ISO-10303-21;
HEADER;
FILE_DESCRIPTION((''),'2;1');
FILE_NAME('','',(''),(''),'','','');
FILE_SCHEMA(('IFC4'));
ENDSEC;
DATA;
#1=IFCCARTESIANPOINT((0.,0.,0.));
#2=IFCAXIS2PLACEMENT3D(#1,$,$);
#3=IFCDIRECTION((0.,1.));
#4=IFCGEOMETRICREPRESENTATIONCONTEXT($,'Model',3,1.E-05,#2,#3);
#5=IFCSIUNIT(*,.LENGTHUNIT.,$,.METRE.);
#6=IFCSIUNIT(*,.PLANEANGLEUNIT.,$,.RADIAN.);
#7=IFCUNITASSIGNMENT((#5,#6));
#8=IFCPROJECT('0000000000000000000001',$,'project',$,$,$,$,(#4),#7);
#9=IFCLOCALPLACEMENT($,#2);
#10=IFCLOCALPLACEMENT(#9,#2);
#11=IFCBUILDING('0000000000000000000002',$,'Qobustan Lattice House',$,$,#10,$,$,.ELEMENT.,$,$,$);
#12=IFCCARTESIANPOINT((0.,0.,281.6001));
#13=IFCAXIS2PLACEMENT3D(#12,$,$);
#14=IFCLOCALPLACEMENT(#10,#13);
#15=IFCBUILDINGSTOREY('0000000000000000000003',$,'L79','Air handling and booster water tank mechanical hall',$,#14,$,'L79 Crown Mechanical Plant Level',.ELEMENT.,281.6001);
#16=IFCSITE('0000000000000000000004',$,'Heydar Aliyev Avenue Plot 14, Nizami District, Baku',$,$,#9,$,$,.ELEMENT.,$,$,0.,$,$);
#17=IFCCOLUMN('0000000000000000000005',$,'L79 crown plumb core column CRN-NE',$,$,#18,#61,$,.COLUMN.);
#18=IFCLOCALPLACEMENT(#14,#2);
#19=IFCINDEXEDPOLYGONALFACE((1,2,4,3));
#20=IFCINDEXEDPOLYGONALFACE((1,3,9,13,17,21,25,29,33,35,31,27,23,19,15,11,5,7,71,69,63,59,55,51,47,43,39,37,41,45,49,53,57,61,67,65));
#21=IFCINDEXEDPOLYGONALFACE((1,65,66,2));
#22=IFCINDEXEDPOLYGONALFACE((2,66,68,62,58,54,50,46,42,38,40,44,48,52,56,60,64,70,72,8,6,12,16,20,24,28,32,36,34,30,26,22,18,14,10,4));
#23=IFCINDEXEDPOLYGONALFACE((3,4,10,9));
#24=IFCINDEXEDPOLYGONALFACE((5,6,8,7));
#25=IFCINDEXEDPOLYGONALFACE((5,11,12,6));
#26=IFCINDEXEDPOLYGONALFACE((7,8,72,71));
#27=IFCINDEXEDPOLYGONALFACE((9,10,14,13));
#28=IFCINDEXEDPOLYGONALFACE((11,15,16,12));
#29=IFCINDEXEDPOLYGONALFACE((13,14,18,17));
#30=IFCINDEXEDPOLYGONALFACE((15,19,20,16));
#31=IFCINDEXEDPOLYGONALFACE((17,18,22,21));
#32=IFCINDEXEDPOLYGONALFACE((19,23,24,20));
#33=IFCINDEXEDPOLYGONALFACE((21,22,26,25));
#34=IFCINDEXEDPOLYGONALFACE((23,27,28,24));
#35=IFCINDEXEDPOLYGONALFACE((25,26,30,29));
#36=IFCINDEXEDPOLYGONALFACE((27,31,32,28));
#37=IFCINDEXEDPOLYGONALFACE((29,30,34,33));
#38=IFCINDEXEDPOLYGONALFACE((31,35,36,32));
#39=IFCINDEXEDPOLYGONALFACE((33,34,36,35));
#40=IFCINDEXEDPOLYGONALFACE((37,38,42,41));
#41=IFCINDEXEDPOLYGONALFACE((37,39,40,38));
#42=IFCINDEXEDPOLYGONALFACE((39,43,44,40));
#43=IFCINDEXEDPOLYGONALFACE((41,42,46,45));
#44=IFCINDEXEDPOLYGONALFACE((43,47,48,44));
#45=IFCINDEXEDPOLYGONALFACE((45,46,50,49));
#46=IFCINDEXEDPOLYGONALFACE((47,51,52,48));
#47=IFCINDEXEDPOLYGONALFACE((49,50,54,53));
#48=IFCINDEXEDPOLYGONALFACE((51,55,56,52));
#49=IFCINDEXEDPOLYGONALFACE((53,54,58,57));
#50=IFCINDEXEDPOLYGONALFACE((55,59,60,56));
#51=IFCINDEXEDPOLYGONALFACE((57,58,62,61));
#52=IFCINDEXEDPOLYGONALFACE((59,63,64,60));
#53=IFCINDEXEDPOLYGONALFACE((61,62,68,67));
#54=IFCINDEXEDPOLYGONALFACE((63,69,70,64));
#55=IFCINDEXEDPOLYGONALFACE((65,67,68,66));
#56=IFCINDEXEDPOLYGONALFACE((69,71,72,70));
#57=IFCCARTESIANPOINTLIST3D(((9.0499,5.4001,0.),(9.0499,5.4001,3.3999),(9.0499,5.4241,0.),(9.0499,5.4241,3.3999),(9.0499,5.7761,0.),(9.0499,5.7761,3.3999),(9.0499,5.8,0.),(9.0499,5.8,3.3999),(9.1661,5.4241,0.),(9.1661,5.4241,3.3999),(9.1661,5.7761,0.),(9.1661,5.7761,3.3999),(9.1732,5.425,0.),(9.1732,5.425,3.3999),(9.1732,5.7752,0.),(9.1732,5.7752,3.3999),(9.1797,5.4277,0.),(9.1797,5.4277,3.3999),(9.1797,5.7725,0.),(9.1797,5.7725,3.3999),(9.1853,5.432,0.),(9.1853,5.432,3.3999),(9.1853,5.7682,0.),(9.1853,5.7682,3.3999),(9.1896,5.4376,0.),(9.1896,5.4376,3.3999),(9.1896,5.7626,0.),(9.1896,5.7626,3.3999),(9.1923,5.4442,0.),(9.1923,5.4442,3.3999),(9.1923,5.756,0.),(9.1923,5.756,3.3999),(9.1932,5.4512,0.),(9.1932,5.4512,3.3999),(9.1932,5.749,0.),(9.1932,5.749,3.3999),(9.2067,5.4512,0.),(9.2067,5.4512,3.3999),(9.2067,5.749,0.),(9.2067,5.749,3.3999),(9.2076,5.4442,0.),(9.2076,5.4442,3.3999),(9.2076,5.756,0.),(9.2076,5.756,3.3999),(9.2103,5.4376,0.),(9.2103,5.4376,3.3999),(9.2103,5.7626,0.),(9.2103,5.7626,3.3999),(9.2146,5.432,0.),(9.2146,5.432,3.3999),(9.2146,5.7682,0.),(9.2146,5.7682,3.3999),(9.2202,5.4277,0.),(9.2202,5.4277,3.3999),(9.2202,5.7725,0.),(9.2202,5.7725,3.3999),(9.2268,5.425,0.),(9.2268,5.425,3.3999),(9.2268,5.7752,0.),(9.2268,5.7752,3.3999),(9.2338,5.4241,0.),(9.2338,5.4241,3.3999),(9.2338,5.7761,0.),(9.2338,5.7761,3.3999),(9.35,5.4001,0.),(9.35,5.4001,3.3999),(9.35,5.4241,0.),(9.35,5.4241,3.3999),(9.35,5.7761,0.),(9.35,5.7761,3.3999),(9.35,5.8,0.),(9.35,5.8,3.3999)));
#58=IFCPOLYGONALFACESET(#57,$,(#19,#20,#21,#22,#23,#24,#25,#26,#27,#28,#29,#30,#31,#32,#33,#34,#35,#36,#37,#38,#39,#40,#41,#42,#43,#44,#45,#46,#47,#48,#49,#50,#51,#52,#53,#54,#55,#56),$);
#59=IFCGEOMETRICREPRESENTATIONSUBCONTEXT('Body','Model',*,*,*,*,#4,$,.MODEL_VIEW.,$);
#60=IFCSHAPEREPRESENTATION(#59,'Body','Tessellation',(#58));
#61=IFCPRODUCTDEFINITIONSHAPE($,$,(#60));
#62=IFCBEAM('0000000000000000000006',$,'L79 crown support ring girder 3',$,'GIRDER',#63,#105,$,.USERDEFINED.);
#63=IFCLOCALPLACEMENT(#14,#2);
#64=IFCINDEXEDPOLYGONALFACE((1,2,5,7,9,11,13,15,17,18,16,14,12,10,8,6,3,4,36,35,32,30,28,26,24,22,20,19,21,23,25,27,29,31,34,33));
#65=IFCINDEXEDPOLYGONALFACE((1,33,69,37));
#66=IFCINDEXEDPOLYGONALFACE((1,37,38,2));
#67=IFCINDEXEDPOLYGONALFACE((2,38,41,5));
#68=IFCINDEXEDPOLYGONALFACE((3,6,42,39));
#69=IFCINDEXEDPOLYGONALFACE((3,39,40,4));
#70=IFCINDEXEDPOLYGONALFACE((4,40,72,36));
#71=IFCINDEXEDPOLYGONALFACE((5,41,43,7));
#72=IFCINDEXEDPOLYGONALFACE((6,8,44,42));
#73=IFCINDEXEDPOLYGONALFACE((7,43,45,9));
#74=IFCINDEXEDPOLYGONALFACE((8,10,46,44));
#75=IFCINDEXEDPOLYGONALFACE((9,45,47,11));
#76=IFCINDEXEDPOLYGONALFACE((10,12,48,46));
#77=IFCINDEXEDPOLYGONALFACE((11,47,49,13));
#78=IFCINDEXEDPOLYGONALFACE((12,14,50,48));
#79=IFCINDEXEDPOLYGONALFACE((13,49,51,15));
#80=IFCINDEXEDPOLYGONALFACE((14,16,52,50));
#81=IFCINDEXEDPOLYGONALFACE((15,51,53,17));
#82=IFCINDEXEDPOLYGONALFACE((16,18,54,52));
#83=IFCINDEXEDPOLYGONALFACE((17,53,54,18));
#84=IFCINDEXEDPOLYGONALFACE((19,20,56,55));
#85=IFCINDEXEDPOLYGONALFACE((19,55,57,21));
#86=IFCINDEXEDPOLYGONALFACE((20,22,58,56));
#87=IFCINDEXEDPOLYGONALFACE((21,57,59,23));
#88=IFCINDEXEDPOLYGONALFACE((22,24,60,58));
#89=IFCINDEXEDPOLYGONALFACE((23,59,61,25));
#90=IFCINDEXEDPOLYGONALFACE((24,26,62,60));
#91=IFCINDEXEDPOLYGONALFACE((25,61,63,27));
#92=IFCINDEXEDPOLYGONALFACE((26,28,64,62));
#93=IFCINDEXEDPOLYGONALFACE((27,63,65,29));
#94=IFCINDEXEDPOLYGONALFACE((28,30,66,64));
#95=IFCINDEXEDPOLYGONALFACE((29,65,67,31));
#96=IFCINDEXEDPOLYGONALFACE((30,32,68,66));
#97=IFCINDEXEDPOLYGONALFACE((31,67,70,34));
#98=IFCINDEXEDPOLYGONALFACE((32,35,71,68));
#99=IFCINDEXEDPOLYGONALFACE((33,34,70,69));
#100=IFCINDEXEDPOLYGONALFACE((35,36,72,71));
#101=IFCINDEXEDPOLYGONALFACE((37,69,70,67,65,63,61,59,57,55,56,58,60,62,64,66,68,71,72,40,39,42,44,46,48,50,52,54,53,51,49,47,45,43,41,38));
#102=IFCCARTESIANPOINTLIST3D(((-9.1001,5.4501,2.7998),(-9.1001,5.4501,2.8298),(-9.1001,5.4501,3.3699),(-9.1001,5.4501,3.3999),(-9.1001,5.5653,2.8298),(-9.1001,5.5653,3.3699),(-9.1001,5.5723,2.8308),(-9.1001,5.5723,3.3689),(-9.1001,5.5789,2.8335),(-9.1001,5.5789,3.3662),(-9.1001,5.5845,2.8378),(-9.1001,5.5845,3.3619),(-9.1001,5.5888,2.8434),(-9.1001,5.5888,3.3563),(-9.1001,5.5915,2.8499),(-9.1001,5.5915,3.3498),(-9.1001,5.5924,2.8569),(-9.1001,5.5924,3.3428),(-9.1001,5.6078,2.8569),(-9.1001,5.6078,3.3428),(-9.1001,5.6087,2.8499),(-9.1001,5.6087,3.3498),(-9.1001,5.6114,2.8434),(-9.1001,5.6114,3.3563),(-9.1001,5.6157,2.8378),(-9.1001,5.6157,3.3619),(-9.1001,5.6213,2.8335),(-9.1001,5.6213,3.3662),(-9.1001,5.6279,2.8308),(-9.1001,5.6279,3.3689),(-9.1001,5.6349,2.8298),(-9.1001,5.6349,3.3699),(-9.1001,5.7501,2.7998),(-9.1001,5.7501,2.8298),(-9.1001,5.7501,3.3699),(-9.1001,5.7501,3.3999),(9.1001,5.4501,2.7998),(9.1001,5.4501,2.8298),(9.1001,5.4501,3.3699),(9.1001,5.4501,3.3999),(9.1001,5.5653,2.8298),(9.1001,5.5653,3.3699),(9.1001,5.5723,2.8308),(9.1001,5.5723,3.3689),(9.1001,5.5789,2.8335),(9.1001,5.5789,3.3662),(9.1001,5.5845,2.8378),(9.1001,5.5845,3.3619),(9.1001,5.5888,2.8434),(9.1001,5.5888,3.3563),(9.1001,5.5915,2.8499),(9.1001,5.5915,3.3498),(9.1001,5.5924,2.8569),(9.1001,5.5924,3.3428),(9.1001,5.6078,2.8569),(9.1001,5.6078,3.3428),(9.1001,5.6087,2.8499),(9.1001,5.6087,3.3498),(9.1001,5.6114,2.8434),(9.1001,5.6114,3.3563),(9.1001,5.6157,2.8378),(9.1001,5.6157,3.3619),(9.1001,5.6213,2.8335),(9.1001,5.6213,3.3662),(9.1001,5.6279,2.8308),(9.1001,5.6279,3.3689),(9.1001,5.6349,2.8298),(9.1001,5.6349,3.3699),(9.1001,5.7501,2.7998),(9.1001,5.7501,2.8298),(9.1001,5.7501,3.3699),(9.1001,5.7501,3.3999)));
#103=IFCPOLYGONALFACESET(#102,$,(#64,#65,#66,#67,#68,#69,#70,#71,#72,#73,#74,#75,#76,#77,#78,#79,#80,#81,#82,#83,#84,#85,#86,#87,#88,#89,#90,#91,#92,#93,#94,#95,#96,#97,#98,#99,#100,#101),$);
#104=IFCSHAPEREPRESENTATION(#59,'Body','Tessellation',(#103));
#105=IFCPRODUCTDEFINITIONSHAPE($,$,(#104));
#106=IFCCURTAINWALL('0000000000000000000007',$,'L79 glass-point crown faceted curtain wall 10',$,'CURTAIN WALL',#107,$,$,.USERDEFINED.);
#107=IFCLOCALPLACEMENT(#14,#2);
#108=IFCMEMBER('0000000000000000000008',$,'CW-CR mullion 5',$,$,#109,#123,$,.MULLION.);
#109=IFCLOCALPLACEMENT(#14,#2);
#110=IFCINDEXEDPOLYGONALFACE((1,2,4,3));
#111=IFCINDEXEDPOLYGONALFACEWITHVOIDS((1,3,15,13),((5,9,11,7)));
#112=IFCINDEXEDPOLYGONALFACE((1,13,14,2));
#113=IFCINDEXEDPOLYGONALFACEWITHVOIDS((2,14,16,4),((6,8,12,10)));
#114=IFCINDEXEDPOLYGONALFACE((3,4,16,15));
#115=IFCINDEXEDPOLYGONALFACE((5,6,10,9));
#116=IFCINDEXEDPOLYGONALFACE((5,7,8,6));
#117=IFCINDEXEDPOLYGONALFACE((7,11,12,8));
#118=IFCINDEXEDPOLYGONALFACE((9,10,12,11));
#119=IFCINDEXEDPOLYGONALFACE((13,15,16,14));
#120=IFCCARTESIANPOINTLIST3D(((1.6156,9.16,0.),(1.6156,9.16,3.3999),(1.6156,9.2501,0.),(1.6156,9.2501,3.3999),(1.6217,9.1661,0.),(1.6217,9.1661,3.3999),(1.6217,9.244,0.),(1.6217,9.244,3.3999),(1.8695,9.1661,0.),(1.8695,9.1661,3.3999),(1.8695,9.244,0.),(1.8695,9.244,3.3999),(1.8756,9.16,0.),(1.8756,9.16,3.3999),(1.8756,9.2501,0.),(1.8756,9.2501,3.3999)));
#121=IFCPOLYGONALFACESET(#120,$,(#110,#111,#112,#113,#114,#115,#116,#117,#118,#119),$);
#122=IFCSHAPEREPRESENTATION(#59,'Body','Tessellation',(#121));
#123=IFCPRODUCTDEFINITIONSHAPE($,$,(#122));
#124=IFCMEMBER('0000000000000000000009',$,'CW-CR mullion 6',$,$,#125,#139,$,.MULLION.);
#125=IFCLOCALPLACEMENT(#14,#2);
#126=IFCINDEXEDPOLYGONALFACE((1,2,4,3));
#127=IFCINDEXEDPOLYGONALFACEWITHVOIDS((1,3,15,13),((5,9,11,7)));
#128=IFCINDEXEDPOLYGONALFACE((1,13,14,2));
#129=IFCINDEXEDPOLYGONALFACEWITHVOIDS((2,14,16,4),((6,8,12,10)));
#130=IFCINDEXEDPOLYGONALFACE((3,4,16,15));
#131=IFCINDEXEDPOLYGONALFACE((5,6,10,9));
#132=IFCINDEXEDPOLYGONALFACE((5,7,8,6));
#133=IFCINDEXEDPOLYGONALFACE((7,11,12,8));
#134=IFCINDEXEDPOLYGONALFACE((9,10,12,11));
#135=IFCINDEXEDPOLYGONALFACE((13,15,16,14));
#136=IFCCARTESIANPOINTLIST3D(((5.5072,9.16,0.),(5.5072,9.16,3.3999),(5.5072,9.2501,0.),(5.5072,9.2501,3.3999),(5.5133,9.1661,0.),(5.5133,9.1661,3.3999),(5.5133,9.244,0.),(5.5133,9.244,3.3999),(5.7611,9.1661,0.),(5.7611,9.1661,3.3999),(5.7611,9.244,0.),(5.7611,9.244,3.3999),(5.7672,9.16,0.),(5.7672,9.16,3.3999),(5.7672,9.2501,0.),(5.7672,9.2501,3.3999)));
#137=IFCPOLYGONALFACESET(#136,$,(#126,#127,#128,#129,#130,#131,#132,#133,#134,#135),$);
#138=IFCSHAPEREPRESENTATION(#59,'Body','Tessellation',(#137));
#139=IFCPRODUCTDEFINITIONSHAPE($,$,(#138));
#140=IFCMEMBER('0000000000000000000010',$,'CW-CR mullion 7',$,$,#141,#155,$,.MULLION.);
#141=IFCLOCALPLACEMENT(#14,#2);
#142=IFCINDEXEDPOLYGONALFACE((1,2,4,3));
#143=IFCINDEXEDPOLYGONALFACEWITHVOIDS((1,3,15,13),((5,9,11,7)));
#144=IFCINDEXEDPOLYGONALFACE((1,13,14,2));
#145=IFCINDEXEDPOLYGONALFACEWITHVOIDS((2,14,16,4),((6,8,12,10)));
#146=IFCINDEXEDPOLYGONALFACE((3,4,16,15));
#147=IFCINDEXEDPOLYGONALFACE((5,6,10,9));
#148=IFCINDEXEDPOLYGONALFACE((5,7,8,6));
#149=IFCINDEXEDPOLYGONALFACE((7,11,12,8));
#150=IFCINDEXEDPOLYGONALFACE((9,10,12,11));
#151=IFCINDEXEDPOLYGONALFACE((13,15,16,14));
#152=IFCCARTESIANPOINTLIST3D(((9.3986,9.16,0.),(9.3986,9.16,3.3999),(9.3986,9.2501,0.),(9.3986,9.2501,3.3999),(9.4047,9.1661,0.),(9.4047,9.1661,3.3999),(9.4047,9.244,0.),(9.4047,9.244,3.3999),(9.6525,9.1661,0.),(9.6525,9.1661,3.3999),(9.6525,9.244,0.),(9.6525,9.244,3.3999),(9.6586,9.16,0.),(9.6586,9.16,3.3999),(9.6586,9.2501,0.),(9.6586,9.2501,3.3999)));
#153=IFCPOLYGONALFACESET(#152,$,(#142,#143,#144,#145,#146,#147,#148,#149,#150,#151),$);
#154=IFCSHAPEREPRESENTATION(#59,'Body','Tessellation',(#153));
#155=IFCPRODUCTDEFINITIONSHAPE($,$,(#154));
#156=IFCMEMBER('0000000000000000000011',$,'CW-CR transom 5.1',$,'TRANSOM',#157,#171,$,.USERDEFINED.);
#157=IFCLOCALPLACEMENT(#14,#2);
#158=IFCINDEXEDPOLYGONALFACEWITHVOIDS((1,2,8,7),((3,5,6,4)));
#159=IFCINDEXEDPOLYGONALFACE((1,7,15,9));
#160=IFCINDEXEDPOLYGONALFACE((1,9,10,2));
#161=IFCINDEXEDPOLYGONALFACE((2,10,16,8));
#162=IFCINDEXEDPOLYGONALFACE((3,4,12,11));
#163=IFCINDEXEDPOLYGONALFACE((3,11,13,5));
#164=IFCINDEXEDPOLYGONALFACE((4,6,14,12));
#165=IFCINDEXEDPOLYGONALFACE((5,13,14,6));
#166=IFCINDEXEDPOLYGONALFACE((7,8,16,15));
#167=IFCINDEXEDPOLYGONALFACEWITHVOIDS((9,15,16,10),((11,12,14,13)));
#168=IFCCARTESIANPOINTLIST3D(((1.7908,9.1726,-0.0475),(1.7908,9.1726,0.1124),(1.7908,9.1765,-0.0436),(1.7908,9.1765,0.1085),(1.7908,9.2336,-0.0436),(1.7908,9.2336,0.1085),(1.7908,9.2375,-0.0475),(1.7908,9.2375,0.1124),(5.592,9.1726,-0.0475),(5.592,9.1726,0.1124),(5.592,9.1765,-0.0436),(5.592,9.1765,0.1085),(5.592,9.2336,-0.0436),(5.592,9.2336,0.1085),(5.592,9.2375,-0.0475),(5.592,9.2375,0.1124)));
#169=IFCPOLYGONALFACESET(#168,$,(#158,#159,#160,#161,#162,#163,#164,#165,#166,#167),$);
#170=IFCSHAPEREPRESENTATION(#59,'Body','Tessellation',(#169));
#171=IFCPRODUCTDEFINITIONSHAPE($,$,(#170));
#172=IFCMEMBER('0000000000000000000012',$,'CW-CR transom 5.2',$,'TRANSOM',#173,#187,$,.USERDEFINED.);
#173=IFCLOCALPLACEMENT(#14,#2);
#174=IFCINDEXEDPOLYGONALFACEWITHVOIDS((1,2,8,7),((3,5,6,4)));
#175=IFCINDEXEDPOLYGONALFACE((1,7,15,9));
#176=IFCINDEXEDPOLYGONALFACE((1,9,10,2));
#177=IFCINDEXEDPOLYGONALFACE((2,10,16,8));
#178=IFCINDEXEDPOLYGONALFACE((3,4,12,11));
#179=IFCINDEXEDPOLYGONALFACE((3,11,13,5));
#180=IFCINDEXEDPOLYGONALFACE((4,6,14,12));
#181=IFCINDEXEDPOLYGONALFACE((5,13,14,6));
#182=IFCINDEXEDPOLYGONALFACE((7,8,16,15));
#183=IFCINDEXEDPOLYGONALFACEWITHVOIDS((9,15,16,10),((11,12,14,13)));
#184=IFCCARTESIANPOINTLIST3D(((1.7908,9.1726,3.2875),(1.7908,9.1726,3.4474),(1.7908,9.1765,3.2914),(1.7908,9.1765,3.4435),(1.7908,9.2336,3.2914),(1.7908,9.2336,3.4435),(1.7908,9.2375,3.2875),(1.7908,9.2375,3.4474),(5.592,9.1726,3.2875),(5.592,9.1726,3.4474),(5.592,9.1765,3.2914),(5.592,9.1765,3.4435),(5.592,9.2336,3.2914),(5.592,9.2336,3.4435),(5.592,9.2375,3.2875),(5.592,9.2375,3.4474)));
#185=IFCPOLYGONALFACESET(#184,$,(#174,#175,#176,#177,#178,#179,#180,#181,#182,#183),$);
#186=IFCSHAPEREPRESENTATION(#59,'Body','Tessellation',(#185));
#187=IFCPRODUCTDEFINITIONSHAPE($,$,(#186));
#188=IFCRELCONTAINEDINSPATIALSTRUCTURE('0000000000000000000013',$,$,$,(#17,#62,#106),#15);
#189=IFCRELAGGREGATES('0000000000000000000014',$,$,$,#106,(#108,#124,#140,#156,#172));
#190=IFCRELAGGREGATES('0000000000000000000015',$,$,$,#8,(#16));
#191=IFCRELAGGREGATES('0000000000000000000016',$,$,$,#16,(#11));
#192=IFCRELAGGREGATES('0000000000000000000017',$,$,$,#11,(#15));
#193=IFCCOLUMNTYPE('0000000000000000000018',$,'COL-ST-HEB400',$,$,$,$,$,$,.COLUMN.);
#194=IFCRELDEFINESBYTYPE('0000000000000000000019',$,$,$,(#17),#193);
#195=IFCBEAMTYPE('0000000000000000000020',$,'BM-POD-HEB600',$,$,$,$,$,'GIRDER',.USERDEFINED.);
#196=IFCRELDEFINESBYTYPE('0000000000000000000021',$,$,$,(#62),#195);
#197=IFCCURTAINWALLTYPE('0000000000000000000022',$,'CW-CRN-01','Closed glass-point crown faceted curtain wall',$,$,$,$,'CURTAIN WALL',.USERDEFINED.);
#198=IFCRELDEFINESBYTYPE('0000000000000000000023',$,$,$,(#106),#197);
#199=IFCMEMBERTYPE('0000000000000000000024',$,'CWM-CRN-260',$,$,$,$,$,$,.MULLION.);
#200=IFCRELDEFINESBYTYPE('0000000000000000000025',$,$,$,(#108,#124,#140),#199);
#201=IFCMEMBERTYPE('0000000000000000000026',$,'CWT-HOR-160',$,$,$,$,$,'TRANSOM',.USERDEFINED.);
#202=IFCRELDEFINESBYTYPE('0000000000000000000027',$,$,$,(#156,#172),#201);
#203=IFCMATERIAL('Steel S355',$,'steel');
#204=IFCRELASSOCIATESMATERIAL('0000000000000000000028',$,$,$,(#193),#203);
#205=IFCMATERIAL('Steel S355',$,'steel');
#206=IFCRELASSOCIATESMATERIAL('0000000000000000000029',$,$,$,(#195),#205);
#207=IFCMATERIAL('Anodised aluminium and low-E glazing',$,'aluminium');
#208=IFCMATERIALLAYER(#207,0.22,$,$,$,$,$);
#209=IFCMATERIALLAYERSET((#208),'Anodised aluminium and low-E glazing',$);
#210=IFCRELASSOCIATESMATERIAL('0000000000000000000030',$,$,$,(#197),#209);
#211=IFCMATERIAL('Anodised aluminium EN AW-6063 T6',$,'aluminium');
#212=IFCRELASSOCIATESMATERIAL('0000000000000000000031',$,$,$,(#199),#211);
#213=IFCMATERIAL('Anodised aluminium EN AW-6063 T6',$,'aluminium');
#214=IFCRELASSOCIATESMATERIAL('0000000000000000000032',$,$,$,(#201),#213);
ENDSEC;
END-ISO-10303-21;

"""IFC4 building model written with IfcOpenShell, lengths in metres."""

from ifc_helpers import new_model, si_unit, direction, frame, origin, origin_2d, place, context, subcontext, project, spatial, hollow_rectangle, i_section, extrude, material, layer, layer_set, material_profile, profile_set, type_object, element, aggregate, save


model = new_model("IFC4")

# Units and contexts
model_context = context("Model", 3, precision=1e-05, world=origin(), true_north=direction((0.0, 1.0)))
body_context = subcontext(model_context, "Body", "Model", "MODEL_VIEW")
ifc_project = project(units=[si_unit("LENGTHUNIT", "METRE"), si_unit("PLANEANGLEUNIT", "RADIAN")], contexts=[model_context])

# Site, building, storey
site_placement = place(None, origin())
site = spatial("IfcSite", under=ifc_project, at=site_placement, Name="Heydar Aliyev Avenue Plot 14, Nizami District, Baku", CompositionType="ELEMENT", RefElevation=0.0)
building_placement = place(site_placement, origin())
building = spatial("IfcBuilding", under=site, at=building_placement, Name="Qobustan Lattice House", CompositionType="ELEMENT")
storey_placement = place(building_placement, frame((0.0, 0.0, 281.6001)))
storey = spatial("IfcBuildingStorey", under=building, at=storey_placement, Name="L79", Description="Air handling and booster water tank mechanical hall", LongName="L79 Crown Mechanical Plant Level", CompositionType="ELEMENT", Elevation=281.6001)

# Column
ifc_material_1 = material(Name="Steel S355", Category="steel")
ifc_material_profile_1 = material_profile(ifc_material_1, i_section(OverallWidth=0.3, OverallDepth=0.3999, WebThickness=0.0134, FlangeThickness=0.0239, FilletRadius=0.0271, at=origin_2d()), Name="HEB400")
ifc_profile_set_1 = profile_set([ifc_material_profile_1], Name="Steel S355")
column_type = type_object("IfcColumnType", Name="COL-ST-HEB400", PredefinedType="COLUMN", material=ifc_profile_set_1)
column_placement = place(storey_placement, frame((9.2, 5.6001, 0.0), z_axis=(0.0, 0.0, 1.0), x_axis=(1.0, 0.0, 0.0)))
element("IfcColumn", 1, at=column_placement, inside=storey, type_object=column_type, Name="L79 crown plumb core column CRN-NE", PredefinedType="COLUMN", context=body_context, shape_type="SweptSolid", body=[
    extrude(i_section(OverallWidth=0.3, OverallDepth=0.3999, WebThickness=0.0134, FlangeThickness=0.0239, FilletRadius=0.0271, at=origin_2d()), origin(), (0.0, 0.0, 1.0), 3.3999),
])

# Beam
ifc_material_2 = material(Name="Steel S355", Category="steel")
ifc_material_profile_2 = material_profile(ifc_material_2, i_section(OverallWidth=0.3, OverallDepth=0.6001, WebThickness=0.0154, FlangeThickness=0.03, FilletRadius=0.0271, at=origin_2d()), Name="HEB600")
ifc_profile_set_2 = profile_set([ifc_material_profile_2], Name="Steel S355")
beam_type = type_object("IfcBeamType", Name="BM-POD-HEB600", ElementType="GIRDER", PredefinedType="USERDEFINED", material=ifc_profile_set_2)
beam_placement = place(storey_placement, frame((9.1001, 5.6001, 3.0999), z_axis=(-1.0, 0.0, 0.0), x_axis=(0.0, -1.0, 0.0)))
element("IfcBeam", 2, at=beam_placement, inside=storey, type_object=beam_type, Name="L79 crown support ring girder 3", ObjectType="GIRDER", PredefinedType="USERDEFINED", context=body_context, shape_type="SweptSolid", body=[
    extrude(i_section(OverallWidth=0.3, OverallDepth=0.6001, WebThickness=0.0154, FlangeThickness=0.03, FilletRadius=0.0271, at=origin_2d()), origin(), (0.0, 0.0, 1.0), 18.2002),
])

# Curtain wall, members
ifc_material_3 = material(Name="Anodised aluminium and low-E glazing", Category="aluminium")
ifc_layer_1 = layer(ifc_material_3, 0.22)
ifc_layer_set_1 = layer_set([ifc_layer_1], Name="Anodised aluminium and low-E glazing")
curtain_wall_type = type_object("IfcCurtainWallType", Name="CW-CRN-01", Description="Closed glass-point crown faceted curtain wall", ElementType="CURTAIN WALL", PredefinedType="USERDEFINED", material=ifc_layer_set_1)
curtain_wall_placement = place(storey_placement, origin())
curtain_wall = element("IfcCurtainWall", 3, at=curtain_wall_placement, inside=storey, type_object=curtain_wall_type, Name="L79 glass-point crown faceted curtain wall 10", ObjectType="CURTAIN WALL", PredefinedType="USERDEFINED")
ifc_material_4 = material(Name="Anodised aluminium EN AW-6063 T6", Category="aluminium")
ifc_material_profile_3 = material_profile(ifc_material_4, hollow_rectangle(XDim=0.0901, YDim=0.26, WallThickness=0.0061, at=origin_2d()), Name="CWM-CROWN-260x90")
ifc_profile_set_3 = profile_set([ifc_material_profile_3], Name="Anodised aluminium EN AW-6063 T6")
member_type_1 = type_object("IfcMemberType", Name="CWM-CRN-260", PredefinedType="MULLION", material=ifc_profile_set_3)
member_1_placement = place(storey_placement, frame((1.7456, 9.2051, 0.0), z_axis=(0.0, 0.0, 1.0), x_axis=(0.0, 1.0, 0.0)))
member_1 = element("IfcMember", 4, at=member_1_placement, type_object=member_type_1, Name="CW-CR mullion 5", PredefinedType="MULLION", context=body_context, shape_type="SweptSolid", body=[
    extrude(hollow_rectangle(XDim=0.0901, YDim=0.26, WallThickness=0.0061, at=origin_2d()), origin(), (0.0, 0.0, 1.0), 3.3999),
])
member_2_placement = place(storey_placement, frame((5.6372, 9.2051, 0.0), z_axis=(0.0, 0.0, 1.0), x_axis=(0.0, 1.0, 0.0)))
member_2 = element("IfcMember", 5, at=member_2_placement, type_object=member_type_1, Name="CW-CR mullion 6", PredefinedType="MULLION", context=body_context, shape_type="SweptSolid", body=[
    extrude(hollow_rectangle(XDim=0.0901, YDim=0.26, WallThickness=0.0061, at=origin_2d()), origin(), (0.0, 0.0, 1.0), 3.3999),
])
member_3_placement = place(storey_placement, frame((9.5286, 9.2051, 0.0), z_axis=(0.0, 0.0, 1.0), x_axis=(0.0, 1.0, 0.0)))
member_3 = element("IfcMember", 6, at=member_3_placement, type_object=member_type_1, Name="CW-CR mullion 7", PredefinedType="MULLION", context=body_context, shape_type="SweptSolid", body=[
    extrude(hollow_rectangle(XDim=0.0901, YDim=0.26, WallThickness=0.0061, at=origin_2d()), origin(), (0.0, 0.0, 1.0), 3.3999),
])
ifc_material_5 = material(Name="Anodised aluminium EN AW-6063 T6", Category="aluminium")
ifc_material_profile_4 = material_profile(ifc_material_5, hollow_rectangle(XDim=0.0649, YDim=0.1599, WallThickness=0.0039, at=origin_2d()), Name="CWT-160x65")
ifc_profile_set_4 = profile_set([ifc_material_profile_4], Name="Anodised aluminium EN AW-6063 T6")
member_type_2 = type_object("IfcMemberType", Name="CWT-HOR-160", ElementType="TRANSOM", PredefinedType="USERDEFINED", material=ifc_profile_set_4)
member_4_placement = place(storey_placement, frame((1.7908, 9.2051, 0.0325), z_axis=(1.0, 0.0, 0.0), x_axis=(0.0, 1.0, 0.0)))
member_4 = element("IfcMember", 7, at=member_4_placement, type_object=member_type_2, Name="CW-CR transom 5.1", ObjectType="TRANSOM", PredefinedType="USERDEFINED", context=body_context, shape_type="SweptSolid", body=[
    extrude(hollow_rectangle(XDim=0.0649, YDim=0.1599, WallThickness=0.0039, at=origin_2d()), origin(), (0.0, 0.0, 1.0), 3.8013),
])
member_5_placement = place(storey_placement, frame((1.7908, 9.2051, 3.3674), z_axis=(1.0, 0.0, 0.0), x_axis=(0.0, 1.0, 0.0)))
member_5 = element("IfcMember", 8, at=member_5_placement, type_object=member_type_2, Name="CW-CR transom 5.2", ObjectType="TRANSOM", PredefinedType="USERDEFINED", context=body_context, shape_type="SweptSolid", body=[
    extrude(hollow_rectangle(XDim=0.0649, YDim=0.1599, WallThickness=0.0039, at=origin_2d()), origin(), (0.0, 0.0, 1.0), 3.8013),
])

aggregate(curtain_wall, [member_1, member_2, member_3, member_4, member_5])

save(model, "model.ifc")
